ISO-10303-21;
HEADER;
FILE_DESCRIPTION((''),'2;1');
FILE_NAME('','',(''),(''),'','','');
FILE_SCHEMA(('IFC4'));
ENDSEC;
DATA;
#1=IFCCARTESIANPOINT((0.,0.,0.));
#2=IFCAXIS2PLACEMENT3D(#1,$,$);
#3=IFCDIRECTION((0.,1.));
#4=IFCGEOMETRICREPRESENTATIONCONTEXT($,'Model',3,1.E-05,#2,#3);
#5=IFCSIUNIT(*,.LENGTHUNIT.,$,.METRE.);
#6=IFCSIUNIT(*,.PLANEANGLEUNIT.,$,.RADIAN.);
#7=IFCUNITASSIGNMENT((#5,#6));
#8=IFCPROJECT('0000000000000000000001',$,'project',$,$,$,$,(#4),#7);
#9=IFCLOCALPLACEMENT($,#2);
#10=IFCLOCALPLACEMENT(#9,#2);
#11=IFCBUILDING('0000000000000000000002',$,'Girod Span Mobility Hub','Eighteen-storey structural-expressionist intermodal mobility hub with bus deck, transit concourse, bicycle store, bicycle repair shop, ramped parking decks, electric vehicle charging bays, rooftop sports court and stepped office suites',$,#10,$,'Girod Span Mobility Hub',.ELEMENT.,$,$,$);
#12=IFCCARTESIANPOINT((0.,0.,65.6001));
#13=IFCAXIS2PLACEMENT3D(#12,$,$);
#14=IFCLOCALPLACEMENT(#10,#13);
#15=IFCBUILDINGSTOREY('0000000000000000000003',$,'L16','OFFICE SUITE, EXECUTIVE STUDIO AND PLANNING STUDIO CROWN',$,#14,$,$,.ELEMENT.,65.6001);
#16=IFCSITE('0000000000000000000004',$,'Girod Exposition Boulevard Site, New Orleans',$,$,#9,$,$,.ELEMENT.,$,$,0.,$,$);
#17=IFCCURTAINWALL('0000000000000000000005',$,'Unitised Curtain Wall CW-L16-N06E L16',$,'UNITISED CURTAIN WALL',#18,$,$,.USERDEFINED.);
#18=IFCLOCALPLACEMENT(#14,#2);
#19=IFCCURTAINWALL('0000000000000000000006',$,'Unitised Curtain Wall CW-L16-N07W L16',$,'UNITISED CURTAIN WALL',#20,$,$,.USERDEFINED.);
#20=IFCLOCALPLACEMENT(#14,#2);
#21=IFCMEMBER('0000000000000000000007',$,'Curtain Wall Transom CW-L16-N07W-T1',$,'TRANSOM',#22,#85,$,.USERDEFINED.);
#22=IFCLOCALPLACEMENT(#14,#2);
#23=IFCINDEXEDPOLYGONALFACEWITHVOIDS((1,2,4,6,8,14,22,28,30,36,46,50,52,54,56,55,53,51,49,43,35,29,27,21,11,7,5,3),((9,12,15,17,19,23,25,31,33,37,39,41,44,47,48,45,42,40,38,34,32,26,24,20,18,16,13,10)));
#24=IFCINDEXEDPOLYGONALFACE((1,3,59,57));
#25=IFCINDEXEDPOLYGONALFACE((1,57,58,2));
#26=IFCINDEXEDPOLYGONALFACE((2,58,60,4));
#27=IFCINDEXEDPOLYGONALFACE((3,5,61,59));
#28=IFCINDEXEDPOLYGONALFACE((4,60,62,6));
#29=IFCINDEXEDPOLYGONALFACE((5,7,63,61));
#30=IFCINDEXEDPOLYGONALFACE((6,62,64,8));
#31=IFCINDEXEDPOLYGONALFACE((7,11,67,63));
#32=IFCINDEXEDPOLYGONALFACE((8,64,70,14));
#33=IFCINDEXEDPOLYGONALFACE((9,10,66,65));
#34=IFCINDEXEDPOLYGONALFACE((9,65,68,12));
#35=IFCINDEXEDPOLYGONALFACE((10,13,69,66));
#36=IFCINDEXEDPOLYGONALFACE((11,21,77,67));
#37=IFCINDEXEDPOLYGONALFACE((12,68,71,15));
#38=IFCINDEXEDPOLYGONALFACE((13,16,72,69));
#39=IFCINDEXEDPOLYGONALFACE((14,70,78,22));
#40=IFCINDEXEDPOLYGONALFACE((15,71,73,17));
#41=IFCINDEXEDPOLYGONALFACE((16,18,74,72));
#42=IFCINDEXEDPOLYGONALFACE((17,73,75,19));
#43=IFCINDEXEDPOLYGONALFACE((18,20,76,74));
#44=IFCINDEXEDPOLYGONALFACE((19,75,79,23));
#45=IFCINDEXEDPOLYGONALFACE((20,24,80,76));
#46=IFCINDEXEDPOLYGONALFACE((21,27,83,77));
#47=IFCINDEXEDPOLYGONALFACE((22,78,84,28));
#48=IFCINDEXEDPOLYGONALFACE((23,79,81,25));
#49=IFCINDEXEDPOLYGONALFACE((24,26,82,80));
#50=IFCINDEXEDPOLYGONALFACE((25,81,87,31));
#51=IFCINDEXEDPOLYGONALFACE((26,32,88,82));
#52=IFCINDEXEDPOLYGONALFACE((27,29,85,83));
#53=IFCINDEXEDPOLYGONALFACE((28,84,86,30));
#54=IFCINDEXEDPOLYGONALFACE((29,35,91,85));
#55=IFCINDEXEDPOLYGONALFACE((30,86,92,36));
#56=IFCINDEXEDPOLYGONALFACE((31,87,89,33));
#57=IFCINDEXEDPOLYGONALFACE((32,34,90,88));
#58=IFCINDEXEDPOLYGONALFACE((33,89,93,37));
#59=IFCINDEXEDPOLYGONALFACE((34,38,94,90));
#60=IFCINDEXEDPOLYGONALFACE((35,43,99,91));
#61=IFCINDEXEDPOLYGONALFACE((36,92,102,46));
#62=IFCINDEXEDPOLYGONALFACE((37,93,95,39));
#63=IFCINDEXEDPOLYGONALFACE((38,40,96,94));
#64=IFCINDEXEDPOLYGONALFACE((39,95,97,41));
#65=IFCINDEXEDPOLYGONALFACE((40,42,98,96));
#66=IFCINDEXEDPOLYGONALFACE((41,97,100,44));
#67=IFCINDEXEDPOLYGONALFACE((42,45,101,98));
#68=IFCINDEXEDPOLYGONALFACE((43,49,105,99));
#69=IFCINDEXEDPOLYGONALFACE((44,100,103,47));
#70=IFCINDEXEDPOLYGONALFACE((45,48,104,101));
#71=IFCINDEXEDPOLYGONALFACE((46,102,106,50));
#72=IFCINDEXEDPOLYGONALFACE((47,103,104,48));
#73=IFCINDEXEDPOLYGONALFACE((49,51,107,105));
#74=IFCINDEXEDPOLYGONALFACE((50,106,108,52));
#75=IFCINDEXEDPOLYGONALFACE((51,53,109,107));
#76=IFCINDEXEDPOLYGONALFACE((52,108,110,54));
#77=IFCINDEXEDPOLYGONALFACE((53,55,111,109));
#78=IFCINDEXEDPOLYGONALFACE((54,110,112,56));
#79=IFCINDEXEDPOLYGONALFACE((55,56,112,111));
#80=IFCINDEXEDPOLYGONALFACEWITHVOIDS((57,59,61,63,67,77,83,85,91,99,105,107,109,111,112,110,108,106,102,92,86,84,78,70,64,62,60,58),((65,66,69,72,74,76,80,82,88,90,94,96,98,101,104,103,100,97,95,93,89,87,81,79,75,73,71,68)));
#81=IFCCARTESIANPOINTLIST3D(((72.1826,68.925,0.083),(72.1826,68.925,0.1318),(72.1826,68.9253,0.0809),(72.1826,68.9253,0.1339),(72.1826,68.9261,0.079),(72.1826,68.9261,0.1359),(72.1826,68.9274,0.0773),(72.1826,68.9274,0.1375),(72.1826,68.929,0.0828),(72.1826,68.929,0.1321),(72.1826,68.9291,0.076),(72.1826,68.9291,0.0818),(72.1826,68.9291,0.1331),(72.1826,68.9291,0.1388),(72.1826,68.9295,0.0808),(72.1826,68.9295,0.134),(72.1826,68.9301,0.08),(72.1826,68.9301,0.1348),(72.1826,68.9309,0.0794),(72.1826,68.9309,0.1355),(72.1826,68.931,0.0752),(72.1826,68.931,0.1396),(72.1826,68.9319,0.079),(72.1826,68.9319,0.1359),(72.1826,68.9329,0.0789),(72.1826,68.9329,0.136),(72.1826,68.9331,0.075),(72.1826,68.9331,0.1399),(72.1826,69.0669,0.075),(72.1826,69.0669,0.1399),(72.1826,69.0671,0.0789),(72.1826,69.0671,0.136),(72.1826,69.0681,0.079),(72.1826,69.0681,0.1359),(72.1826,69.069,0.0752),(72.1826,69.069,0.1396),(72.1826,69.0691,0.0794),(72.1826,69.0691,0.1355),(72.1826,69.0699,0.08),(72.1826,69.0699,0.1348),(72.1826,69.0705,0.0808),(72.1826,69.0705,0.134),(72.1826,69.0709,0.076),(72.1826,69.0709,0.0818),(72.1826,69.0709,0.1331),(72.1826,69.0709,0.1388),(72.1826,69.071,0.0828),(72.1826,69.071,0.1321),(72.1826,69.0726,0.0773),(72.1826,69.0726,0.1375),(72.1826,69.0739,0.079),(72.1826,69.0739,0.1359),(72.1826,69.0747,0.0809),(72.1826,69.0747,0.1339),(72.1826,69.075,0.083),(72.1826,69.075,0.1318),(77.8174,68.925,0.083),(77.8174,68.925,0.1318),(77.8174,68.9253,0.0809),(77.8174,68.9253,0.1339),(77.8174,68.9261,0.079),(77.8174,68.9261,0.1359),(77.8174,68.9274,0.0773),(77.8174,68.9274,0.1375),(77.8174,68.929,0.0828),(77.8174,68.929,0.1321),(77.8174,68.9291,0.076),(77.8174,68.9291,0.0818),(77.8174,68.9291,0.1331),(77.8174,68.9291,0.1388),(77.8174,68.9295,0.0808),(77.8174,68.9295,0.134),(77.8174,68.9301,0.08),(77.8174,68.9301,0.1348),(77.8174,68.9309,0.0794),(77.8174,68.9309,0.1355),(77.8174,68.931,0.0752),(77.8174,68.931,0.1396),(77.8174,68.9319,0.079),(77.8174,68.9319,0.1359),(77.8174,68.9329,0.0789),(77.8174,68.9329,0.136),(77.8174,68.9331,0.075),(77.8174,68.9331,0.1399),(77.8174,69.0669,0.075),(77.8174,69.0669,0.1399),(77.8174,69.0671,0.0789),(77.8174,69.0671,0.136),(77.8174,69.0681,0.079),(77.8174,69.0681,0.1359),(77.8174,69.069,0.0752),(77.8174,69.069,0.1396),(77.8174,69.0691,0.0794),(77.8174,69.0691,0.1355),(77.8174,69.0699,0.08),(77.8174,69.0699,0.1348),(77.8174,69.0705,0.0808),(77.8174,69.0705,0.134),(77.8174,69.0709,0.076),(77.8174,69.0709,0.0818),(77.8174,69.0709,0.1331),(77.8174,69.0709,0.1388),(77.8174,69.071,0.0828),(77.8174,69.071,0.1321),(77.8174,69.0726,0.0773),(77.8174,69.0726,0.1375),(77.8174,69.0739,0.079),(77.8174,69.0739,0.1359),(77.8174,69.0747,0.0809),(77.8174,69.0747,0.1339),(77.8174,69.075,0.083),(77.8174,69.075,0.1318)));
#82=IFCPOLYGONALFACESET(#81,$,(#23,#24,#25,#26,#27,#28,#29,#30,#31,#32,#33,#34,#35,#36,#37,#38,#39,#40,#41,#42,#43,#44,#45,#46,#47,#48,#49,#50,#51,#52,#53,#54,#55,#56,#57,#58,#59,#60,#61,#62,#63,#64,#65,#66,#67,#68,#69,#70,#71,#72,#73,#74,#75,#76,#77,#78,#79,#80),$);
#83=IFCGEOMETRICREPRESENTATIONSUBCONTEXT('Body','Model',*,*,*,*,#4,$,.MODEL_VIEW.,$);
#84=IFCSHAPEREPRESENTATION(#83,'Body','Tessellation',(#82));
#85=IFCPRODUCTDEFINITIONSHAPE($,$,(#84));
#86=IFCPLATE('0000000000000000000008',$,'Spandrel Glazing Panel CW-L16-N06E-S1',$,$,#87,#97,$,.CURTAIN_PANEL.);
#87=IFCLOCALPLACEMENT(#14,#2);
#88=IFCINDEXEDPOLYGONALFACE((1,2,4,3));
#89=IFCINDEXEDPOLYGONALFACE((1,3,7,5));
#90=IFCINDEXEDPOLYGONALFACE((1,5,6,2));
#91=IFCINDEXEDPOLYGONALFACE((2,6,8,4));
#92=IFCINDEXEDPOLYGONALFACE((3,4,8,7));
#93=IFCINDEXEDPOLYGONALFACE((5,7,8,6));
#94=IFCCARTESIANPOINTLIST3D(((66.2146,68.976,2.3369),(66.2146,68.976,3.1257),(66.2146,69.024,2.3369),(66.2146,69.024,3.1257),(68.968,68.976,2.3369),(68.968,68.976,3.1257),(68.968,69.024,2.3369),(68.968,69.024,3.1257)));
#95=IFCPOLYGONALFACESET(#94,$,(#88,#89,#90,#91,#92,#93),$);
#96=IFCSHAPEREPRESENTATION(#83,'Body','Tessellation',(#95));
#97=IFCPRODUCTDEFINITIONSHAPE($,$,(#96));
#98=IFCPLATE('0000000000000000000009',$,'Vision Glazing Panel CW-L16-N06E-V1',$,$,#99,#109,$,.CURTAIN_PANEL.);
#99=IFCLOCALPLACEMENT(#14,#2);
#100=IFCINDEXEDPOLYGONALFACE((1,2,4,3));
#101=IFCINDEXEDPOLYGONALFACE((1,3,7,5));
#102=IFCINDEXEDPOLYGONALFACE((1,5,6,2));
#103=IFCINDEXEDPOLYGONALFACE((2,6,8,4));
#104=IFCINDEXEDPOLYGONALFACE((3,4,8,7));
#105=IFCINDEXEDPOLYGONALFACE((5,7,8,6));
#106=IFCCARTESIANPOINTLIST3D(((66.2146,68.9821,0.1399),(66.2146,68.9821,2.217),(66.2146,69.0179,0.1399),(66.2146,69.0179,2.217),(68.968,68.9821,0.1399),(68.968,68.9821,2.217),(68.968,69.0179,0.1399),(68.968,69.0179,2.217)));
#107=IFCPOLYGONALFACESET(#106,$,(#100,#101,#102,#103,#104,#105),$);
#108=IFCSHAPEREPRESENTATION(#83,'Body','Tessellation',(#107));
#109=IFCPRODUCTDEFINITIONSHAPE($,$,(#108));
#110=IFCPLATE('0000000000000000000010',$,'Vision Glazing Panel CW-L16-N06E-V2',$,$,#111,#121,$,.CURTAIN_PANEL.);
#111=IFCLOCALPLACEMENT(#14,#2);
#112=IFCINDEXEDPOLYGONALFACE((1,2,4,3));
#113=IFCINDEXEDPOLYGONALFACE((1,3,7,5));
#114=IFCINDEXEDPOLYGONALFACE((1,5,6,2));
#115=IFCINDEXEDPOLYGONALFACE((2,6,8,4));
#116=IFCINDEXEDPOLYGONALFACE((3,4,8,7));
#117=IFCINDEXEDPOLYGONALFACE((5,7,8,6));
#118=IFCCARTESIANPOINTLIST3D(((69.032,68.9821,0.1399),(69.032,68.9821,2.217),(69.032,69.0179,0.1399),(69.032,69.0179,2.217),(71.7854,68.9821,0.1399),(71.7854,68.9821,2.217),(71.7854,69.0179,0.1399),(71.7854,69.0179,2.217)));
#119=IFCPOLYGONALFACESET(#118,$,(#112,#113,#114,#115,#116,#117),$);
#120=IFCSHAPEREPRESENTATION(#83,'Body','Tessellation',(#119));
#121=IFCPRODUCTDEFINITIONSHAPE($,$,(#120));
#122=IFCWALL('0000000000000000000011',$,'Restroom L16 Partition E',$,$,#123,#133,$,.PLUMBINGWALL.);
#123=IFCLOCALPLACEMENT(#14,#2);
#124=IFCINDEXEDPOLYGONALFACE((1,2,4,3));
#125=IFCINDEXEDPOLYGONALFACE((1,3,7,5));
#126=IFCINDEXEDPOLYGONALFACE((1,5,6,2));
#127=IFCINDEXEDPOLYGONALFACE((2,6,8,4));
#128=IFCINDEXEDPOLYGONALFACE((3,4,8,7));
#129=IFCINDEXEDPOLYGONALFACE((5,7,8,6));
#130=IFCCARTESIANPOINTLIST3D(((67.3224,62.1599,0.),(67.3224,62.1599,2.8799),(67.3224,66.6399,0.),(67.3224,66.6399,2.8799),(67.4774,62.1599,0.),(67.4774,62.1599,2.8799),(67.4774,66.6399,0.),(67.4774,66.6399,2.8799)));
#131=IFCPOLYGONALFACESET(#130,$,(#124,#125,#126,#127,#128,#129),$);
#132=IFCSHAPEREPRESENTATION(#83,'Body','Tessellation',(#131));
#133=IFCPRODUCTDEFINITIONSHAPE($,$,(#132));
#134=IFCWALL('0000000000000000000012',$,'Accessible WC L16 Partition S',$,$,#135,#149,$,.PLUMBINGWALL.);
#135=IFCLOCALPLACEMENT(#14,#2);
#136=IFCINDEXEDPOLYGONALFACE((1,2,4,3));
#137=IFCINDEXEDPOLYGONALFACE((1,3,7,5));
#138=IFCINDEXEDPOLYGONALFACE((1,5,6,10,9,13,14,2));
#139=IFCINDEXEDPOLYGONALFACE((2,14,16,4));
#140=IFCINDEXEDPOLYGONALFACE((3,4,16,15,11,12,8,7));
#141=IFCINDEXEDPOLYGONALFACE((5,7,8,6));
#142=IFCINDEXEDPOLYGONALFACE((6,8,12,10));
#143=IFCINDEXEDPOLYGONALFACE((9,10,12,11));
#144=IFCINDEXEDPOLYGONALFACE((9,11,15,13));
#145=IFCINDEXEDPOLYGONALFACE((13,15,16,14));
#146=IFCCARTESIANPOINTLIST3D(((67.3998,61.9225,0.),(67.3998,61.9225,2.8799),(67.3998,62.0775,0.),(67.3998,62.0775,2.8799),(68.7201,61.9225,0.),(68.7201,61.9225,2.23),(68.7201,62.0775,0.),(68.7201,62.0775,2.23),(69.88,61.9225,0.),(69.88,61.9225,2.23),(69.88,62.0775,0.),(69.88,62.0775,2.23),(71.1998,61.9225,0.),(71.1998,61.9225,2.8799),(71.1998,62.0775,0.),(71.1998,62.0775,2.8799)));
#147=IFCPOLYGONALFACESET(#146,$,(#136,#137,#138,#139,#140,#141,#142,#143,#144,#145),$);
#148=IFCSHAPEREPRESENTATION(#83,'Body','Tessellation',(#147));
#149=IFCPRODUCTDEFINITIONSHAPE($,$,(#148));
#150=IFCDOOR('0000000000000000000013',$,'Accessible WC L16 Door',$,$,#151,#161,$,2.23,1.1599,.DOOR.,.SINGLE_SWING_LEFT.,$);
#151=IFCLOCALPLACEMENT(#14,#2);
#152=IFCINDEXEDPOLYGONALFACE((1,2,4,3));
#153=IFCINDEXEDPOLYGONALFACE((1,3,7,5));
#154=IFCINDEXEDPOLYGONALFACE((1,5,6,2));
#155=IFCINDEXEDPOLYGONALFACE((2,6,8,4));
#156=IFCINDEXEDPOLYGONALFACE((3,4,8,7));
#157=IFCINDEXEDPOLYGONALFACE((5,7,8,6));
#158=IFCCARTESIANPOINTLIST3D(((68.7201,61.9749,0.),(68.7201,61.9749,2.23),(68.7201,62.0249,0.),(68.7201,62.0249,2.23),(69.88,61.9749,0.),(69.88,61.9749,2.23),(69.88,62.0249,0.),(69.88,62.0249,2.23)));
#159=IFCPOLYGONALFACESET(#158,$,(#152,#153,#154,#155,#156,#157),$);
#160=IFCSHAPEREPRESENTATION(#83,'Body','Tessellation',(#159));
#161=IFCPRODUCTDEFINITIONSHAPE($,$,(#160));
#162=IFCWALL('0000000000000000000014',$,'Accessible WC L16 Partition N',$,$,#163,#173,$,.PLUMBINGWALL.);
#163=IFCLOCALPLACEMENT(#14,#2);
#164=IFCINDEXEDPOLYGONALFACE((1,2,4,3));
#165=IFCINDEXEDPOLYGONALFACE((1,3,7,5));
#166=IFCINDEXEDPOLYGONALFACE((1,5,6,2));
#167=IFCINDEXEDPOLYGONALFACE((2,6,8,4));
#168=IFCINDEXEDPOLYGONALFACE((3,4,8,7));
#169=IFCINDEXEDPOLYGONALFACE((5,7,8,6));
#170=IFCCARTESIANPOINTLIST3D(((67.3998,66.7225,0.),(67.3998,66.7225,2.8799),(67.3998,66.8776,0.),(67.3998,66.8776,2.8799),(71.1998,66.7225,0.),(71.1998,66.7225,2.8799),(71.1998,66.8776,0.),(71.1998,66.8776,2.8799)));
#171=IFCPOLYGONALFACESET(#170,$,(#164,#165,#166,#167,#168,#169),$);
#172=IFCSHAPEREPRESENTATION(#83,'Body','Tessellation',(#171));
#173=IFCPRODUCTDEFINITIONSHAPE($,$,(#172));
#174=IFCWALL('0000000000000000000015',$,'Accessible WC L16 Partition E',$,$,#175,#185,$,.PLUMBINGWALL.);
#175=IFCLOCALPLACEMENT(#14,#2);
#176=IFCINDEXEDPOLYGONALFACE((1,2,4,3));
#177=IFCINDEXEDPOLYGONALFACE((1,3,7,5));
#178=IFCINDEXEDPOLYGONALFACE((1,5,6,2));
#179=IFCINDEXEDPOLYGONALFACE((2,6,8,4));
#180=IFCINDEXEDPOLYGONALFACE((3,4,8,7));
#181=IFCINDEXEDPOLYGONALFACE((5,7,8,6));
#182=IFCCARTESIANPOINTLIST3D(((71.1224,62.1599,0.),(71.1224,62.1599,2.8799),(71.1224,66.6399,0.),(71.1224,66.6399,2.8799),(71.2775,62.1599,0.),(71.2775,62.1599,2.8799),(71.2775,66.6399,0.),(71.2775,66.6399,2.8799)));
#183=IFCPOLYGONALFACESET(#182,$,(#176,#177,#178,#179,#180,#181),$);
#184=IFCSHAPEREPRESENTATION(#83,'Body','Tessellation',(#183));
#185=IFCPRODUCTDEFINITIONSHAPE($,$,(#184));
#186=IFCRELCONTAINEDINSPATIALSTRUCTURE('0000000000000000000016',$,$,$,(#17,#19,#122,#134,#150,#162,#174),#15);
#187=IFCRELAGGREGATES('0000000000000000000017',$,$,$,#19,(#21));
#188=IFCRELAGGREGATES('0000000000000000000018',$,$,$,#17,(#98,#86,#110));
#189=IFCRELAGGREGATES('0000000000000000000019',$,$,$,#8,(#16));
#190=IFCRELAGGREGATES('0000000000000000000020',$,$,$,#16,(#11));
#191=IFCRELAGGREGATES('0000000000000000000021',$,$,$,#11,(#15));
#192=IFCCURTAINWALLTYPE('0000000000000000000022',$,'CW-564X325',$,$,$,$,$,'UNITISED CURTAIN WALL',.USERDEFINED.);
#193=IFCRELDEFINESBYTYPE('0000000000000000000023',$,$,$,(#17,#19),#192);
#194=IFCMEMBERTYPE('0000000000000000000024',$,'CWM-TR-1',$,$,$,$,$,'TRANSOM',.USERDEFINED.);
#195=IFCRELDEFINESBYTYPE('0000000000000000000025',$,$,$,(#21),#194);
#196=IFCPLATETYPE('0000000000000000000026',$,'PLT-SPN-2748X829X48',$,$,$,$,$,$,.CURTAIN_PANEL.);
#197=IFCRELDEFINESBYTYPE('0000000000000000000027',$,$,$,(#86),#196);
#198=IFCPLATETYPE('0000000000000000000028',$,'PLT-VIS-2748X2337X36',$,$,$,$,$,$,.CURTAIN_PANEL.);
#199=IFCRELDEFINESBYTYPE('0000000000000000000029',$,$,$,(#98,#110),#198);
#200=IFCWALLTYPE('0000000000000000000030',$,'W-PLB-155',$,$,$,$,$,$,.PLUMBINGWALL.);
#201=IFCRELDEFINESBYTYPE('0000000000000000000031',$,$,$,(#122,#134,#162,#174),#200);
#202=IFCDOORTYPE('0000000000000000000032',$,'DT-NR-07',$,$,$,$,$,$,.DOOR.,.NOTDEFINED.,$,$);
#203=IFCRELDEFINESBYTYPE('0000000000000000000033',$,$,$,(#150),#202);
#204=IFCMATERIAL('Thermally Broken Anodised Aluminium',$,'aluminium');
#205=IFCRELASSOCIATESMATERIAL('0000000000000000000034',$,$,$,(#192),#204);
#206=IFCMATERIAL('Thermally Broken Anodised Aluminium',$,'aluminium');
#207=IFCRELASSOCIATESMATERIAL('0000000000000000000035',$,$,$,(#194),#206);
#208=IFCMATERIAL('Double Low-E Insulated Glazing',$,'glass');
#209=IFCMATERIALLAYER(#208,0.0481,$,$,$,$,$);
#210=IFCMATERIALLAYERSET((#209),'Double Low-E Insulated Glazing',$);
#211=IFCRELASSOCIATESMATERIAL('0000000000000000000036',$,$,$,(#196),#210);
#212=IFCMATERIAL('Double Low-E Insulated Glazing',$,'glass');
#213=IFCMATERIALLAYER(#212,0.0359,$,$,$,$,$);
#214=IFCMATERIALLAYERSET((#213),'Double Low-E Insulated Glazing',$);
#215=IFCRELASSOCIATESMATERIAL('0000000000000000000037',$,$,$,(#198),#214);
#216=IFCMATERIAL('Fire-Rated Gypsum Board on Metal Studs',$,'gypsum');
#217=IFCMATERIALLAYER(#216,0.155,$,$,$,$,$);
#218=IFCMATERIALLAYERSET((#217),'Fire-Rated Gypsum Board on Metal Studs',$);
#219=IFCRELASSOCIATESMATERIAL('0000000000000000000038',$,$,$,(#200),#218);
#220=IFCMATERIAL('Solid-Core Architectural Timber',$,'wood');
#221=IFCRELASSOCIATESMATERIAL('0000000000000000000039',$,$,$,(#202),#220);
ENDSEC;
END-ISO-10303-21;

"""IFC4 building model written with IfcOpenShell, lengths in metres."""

from ifc_helpers import new_model, si_unit, direction, frame, frame_2d, origin, origin_2d, place, context, subcontext, project, spatial, rectangle, hollow_rectangle, extrude, material, layer, layer_set, material_profile, profile_set, type_object, element, fill, aggregate, save


model = new_model("IFC4")

# Units and contexts
model_context = context("Model", 3, precision=1e-05, world=origin(), true_north=direction((0.0, 1.0)))
body_context = subcontext(model_context, "Body", "Model", "MODEL_VIEW")
ifc_project = project(units=[si_unit("LENGTHUNIT", "METRE"), si_unit("PLANEANGLEUNIT", "RADIAN")], contexts=[model_context])

# Site, building, storey
site_placement = place(None, origin())
site = spatial("IfcSite", under=ifc_project, at=site_placement, Name="Girod Exposition Boulevard Site, New Orleans", CompositionType="ELEMENT", RefElevation=0.0)
building_placement = place(site_placement, origin())
building = spatial("IfcBuilding", under=site, at=building_placement, Name="Girod Span Mobility Hub", Description="Eighteen-storey structural-expressionist intermodal mobility hub with bus deck, transit concourse, bicycle store, bicycle repair shop, ramped parking decks, electric vehicle charging bays, rooftop sports court and stepped office suites", LongName="Girod Span Mobility Hub", CompositionType="ELEMENT")
storey_placement = place(building_placement, frame((0.0, 0.0, 65.6001)))
storey = spatial("IfcBuildingStorey", under=building, at=storey_placement, Name="L16", Description="OFFICE SUITE, EXECUTIVE STUDIO AND PLANNING STUDIO CROWN", CompositionType="ELEMENT", Elevation=65.6001)

# Curtain wall
ifc_material_1 = material(Name="Thermally Broken Anodised Aluminium", Category="aluminium")
curtain_wall_type = type_object("IfcCurtainWallType", Name="CW-564X325", ElementType="UNITISED CURTAIN WALL", PredefinedType="USERDEFINED", material=ifc_material_1)
curtain_wall_1_placement = place(storey_placement, origin())
curtain_wall_1 = element("IfcCurtainWall", 1, at=curtain_wall_1_placement, inside=storey, type_object=curtain_wall_type, Name="Unitised Curtain Wall CW-L16-N06E L16", ObjectType="UNITISED CURTAIN WALL", PredefinedType="USERDEFINED")
ifc_material_2 = material(Name="Thermally Broken Anodised Aluminium", Category="aluminium")
ifc_material_profile_1 = material_profile(ifc_material_2, hollow_rectangle(XDim=0.1499, YDim=0.0649, WallThickness=0.0039, InnerFilletRadius=0.0039, OuterFilletRadius=0.0081, at=origin_2d()), Name="CW-TR-65X150")
ifc_profile_set_1 = profile_set([ifc_material_profile_1], Name="Thermally Broken Anodised Aluminium")
member_type_1 = type_object("IfcMemberType", Name="CWM-TR-1", ElementType="TRANSOM", PredefinedType="USERDEFINED", material=ifc_profile_set_1)

# Curtain wall, member
curtain_wall_2_placement = place(storey_placement, origin())
curtain_wall_2 = element("IfcCurtainWall", 2, at=curtain_wall_2_placement, inside=storey, type_object=curtain_wall_type, Name="Unitised Curtain Wall CW-L16-N07W L16", ObjectType="UNITISED CURTAIN WALL", PredefinedType="USERDEFINED")
member_1_placement = place(storey_placement, frame((72.1826, 69.0, 0.1074), z_axis=(1.0, 0.0, 0.0), x_axis=(0.0, 1.0, 0.0)))
member_1 = element("IfcMember", 3, at=member_1_placement, type_object=member_type_1, Name="Curtain Wall Transom CW-L16-N07W-T1", ObjectType="TRANSOM", PredefinedType="USERDEFINED", context=body_context, shape_type="SweptSolid", body=[
    extrude(hollow_rectangle(XDim=0.1499, YDim=0.0649, WallThickness=0.0039, InnerFilletRadius=0.0039, OuterFilletRadius=0.0081, at=origin_2d()), origin(), (0.0, 0.0, 1.0), 5.6348),
])
aggregate(curtain_wall_2, [member_1])

# Plates
ifc_material_3 = material(Name="Double Low-E Insulated Glazing", Category="glass")
ifc_layer_1 = layer(ifc_material_3, 0.0481)
ifc_layer_set_1 = layer_set([ifc_layer_1], Name="Double Low-E Insulated Glazing")
plate_type_1 = type_object("IfcPlateType", Name="PLT-SPN-2748X829X48", PredefinedType="CURTAIN_PANEL", material=ifc_layer_set_1)
plate_1_placement = place(storey_placement, frame((67.5913, 69.0, 2.3369), z_axis=(0.0, 0.0, 1.0), x_axis=(1.0, 0.0, 0.0)))
plate_1 = element("IfcPlate", 4, at=plate_1_placement, type_object=plate_type_1, Name="Spandrel Glazing Panel CW-L16-N06E-S1", PredefinedType="CURTAIN_PANEL", context=body_context, shape_type="SweptSolid", body=[
    extrude(rectangle(XDim=2.7534, YDim=0.0481, at=origin_2d()), origin(), (0.0, 0.0, 1.0), 0.7888),
])
ifc_material_4 = material(Name="Double Low-E Insulated Glazing", Category="glass")
ifc_layer_2 = layer(ifc_material_4, 0.0359)
ifc_layer_set_2 = layer_set([ifc_layer_2], Name="Double Low-E Insulated Glazing")
plate_type_2 = type_object("IfcPlateType", Name="PLT-VIS-2748X2337X36", PredefinedType="CURTAIN_PANEL", material=ifc_layer_set_2)
plate_2_placement = place(storey_placement, frame((67.5913, 69.0, 0.1399), z_axis=(0.0, 0.0, 1.0), x_axis=(1.0, 0.0, 0.0)))
plate_2 = element("IfcPlate", 5, at=plate_2_placement, type_object=plate_type_2, Name="Vision Glazing Panel CW-L16-N06E-V1", PredefinedType="CURTAIN_PANEL", context=body_context, shape_type="SweptSolid", body=[
    extrude(rectangle(XDim=2.7534, YDim=0.0359, at=origin_2d()), origin(), (0.0, 0.0, 1.0), 2.0771),
])
plate_3_placement = place(storey_placement, frame((70.4087, 69.0, 0.1399), z_axis=(0.0, 0.0, 1.0), x_axis=(1.0, 0.0, 0.0)))
plate_3 = element("IfcPlate", 6, at=plate_3_placement, type_object=plate_type_2, Name="Vision Glazing Panel CW-L16-N06E-V2", PredefinedType="CURTAIN_PANEL", context=body_context, shape_type="SweptSolid", body=[
    extrude(rectangle(XDim=2.7534, YDim=0.0359, at=origin_2d()), origin(), (0.0, 0.0, 1.0), 2.0771),
])
aggregate(curtain_wall_1, [plate_2, plate_1, plate_3])

# Wall
ifc_material_5 = material(Name="Fire-Rated Gypsum Board on Metal Studs", Category="gypsum")
ifc_layer_3 = layer(ifc_material_5, 0.155)
ifc_layer_set_3 = layer_set([ifc_layer_3], Name="Fire-Rated Gypsum Board on Metal Studs")
wall_type = type_object("IfcWallType", Name="W-PLB-155", PredefinedType="PLUMBINGWALL", material=ifc_layer_set_3)
wall_1_placement = place(storey_placement, frame((67.3999, 62.1599, 0.0), z_axis=(0.0, 0.0, 1.0), x_axis=(0.0, 1.0, 0.0)))
element("IfcWall", 7, at=wall_1_placement, inside=storey, type_object=wall_type, Name="Restroom L16 Partition E", PredefinedType="PLUMBINGWALL", context=body_context, shape_type="SweptSolid", body=[
    extrude(rectangle(XDim=4.48, YDim=0.155, at=frame_2d((2.24, 0.0))), origin(), (0.0, 0.0, 1.0), 2.8799),
])

# Wall, opening, door
wall_2_placement = place(storey_placement, frame((67.3999, 62.0, 0.0), z_axis=(0.0, 0.0, 1.0), x_axis=(1.0, 0.0, 0.0)))
wall_2 = element("IfcWall", 8, at=wall_2_placement, inside=storey, type_object=wall_type, Name="Accessible WC L16 Partition S", PredefinedType="PLUMBINGWALL", context=body_context, shape_type="SweptSolid", body=[
    extrude(rectangle(XDim=3.8, YDim=0.155, at=frame_2d((1.8999, 0.0))), origin(), (0.0, 0.0, 1.0), 2.8799),
])
opening_placement = place(wall_2_placement, frame((1.3201, 0.0, 0.0)))
opening = element("IfcOpeningElement", 9, at=opening_placement, cuts=wall_2, PredefinedType="OPENING", context=body_context, shape_type="SweptSolid", body=[
    extrude(rectangle(XDim=1.1599, YDim=2.23, at=frame_2d((0.5801, 1.115))), frame((0.0, 0.0925, 0.0), z_axis=(0.0, -1.0, 0.0), x_axis=(1.0, 0.0, 0.0)), (0.0, 0.0, 1.0), 0.1851),
])
ifc_material_6 = material(Name="Solid-Core Architectural Timber", Category="wood")
door_type = type_object("IfcDoorType", Name="DT-NR-07", OperationType="NOTDEFINED", PredefinedType="DOOR", material=ifc_material_6)
door_placement = place(opening_placement, origin())
door = element("IfcDoor", 10, at=door_placement, inside=storey, type_object=door_type, Name="Accessible WC L16 Door", OperationType="SINGLE_SWING_LEFT", OverallHeight=2.23, OverallWidth=1.1599, PredefinedType="DOOR", context=body_context, shape_type="SweptSolid", body=[
    extrude(rectangle(XDim=1.1599, YDim=2.23, at=frame_2d((0.5801, 1.115))), frame((0.0, 0.0249, 0.0), z_axis=(0.0, -1.0, 0.0), x_axis=(1.0, 0.0, 0.0)), (0.0, 0.0, 1.0), 0.05),
])
fill(opening, door)

# Walls
wall_3_placement = place(storey_placement, frame((67.3999, 66.8, 0.0), z_axis=(0.0, 0.0, 1.0), x_axis=(1.0, 0.0, 0.0)))
element("IfcWall", 11, at=wall_3_placement, inside=storey, type_object=wall_type, Name="Accessible WC L16 Partition N", PredefinedType="PLUMBINGWALL", context=body_context, shape_type="SweptSolid", body=[
    extrude(rectangle(XDim=3.8, YDim=0.155, at=frame_2d((1.8999, 0.0))), origin(), (0.0, 0.0, 1.0), 2.8799),
])
wall_4_placement = place(storey_placement, frame((71.2, 62.1599, 0.0), z_axis=(0.0, 0.0, 1.0), x_axis=(0.0, 1.0, 0.0)))
element("IfcWall", 12, at=wall_4_placement, inside=storey, type_object=wall_type, Name="Accessible WC L16 Partition E", PredefinedType="PLUMBINGWALL", context=body_context, shape_type="SweptSolid", body=[
    extrude(rectangle(XDim=4.48, YDim=0.155, at=frame_2d((2.24, 0.0))), origin(), (0.0, 0.0, 1.0), 2.8799),
])

save(model, "model.ifc")
